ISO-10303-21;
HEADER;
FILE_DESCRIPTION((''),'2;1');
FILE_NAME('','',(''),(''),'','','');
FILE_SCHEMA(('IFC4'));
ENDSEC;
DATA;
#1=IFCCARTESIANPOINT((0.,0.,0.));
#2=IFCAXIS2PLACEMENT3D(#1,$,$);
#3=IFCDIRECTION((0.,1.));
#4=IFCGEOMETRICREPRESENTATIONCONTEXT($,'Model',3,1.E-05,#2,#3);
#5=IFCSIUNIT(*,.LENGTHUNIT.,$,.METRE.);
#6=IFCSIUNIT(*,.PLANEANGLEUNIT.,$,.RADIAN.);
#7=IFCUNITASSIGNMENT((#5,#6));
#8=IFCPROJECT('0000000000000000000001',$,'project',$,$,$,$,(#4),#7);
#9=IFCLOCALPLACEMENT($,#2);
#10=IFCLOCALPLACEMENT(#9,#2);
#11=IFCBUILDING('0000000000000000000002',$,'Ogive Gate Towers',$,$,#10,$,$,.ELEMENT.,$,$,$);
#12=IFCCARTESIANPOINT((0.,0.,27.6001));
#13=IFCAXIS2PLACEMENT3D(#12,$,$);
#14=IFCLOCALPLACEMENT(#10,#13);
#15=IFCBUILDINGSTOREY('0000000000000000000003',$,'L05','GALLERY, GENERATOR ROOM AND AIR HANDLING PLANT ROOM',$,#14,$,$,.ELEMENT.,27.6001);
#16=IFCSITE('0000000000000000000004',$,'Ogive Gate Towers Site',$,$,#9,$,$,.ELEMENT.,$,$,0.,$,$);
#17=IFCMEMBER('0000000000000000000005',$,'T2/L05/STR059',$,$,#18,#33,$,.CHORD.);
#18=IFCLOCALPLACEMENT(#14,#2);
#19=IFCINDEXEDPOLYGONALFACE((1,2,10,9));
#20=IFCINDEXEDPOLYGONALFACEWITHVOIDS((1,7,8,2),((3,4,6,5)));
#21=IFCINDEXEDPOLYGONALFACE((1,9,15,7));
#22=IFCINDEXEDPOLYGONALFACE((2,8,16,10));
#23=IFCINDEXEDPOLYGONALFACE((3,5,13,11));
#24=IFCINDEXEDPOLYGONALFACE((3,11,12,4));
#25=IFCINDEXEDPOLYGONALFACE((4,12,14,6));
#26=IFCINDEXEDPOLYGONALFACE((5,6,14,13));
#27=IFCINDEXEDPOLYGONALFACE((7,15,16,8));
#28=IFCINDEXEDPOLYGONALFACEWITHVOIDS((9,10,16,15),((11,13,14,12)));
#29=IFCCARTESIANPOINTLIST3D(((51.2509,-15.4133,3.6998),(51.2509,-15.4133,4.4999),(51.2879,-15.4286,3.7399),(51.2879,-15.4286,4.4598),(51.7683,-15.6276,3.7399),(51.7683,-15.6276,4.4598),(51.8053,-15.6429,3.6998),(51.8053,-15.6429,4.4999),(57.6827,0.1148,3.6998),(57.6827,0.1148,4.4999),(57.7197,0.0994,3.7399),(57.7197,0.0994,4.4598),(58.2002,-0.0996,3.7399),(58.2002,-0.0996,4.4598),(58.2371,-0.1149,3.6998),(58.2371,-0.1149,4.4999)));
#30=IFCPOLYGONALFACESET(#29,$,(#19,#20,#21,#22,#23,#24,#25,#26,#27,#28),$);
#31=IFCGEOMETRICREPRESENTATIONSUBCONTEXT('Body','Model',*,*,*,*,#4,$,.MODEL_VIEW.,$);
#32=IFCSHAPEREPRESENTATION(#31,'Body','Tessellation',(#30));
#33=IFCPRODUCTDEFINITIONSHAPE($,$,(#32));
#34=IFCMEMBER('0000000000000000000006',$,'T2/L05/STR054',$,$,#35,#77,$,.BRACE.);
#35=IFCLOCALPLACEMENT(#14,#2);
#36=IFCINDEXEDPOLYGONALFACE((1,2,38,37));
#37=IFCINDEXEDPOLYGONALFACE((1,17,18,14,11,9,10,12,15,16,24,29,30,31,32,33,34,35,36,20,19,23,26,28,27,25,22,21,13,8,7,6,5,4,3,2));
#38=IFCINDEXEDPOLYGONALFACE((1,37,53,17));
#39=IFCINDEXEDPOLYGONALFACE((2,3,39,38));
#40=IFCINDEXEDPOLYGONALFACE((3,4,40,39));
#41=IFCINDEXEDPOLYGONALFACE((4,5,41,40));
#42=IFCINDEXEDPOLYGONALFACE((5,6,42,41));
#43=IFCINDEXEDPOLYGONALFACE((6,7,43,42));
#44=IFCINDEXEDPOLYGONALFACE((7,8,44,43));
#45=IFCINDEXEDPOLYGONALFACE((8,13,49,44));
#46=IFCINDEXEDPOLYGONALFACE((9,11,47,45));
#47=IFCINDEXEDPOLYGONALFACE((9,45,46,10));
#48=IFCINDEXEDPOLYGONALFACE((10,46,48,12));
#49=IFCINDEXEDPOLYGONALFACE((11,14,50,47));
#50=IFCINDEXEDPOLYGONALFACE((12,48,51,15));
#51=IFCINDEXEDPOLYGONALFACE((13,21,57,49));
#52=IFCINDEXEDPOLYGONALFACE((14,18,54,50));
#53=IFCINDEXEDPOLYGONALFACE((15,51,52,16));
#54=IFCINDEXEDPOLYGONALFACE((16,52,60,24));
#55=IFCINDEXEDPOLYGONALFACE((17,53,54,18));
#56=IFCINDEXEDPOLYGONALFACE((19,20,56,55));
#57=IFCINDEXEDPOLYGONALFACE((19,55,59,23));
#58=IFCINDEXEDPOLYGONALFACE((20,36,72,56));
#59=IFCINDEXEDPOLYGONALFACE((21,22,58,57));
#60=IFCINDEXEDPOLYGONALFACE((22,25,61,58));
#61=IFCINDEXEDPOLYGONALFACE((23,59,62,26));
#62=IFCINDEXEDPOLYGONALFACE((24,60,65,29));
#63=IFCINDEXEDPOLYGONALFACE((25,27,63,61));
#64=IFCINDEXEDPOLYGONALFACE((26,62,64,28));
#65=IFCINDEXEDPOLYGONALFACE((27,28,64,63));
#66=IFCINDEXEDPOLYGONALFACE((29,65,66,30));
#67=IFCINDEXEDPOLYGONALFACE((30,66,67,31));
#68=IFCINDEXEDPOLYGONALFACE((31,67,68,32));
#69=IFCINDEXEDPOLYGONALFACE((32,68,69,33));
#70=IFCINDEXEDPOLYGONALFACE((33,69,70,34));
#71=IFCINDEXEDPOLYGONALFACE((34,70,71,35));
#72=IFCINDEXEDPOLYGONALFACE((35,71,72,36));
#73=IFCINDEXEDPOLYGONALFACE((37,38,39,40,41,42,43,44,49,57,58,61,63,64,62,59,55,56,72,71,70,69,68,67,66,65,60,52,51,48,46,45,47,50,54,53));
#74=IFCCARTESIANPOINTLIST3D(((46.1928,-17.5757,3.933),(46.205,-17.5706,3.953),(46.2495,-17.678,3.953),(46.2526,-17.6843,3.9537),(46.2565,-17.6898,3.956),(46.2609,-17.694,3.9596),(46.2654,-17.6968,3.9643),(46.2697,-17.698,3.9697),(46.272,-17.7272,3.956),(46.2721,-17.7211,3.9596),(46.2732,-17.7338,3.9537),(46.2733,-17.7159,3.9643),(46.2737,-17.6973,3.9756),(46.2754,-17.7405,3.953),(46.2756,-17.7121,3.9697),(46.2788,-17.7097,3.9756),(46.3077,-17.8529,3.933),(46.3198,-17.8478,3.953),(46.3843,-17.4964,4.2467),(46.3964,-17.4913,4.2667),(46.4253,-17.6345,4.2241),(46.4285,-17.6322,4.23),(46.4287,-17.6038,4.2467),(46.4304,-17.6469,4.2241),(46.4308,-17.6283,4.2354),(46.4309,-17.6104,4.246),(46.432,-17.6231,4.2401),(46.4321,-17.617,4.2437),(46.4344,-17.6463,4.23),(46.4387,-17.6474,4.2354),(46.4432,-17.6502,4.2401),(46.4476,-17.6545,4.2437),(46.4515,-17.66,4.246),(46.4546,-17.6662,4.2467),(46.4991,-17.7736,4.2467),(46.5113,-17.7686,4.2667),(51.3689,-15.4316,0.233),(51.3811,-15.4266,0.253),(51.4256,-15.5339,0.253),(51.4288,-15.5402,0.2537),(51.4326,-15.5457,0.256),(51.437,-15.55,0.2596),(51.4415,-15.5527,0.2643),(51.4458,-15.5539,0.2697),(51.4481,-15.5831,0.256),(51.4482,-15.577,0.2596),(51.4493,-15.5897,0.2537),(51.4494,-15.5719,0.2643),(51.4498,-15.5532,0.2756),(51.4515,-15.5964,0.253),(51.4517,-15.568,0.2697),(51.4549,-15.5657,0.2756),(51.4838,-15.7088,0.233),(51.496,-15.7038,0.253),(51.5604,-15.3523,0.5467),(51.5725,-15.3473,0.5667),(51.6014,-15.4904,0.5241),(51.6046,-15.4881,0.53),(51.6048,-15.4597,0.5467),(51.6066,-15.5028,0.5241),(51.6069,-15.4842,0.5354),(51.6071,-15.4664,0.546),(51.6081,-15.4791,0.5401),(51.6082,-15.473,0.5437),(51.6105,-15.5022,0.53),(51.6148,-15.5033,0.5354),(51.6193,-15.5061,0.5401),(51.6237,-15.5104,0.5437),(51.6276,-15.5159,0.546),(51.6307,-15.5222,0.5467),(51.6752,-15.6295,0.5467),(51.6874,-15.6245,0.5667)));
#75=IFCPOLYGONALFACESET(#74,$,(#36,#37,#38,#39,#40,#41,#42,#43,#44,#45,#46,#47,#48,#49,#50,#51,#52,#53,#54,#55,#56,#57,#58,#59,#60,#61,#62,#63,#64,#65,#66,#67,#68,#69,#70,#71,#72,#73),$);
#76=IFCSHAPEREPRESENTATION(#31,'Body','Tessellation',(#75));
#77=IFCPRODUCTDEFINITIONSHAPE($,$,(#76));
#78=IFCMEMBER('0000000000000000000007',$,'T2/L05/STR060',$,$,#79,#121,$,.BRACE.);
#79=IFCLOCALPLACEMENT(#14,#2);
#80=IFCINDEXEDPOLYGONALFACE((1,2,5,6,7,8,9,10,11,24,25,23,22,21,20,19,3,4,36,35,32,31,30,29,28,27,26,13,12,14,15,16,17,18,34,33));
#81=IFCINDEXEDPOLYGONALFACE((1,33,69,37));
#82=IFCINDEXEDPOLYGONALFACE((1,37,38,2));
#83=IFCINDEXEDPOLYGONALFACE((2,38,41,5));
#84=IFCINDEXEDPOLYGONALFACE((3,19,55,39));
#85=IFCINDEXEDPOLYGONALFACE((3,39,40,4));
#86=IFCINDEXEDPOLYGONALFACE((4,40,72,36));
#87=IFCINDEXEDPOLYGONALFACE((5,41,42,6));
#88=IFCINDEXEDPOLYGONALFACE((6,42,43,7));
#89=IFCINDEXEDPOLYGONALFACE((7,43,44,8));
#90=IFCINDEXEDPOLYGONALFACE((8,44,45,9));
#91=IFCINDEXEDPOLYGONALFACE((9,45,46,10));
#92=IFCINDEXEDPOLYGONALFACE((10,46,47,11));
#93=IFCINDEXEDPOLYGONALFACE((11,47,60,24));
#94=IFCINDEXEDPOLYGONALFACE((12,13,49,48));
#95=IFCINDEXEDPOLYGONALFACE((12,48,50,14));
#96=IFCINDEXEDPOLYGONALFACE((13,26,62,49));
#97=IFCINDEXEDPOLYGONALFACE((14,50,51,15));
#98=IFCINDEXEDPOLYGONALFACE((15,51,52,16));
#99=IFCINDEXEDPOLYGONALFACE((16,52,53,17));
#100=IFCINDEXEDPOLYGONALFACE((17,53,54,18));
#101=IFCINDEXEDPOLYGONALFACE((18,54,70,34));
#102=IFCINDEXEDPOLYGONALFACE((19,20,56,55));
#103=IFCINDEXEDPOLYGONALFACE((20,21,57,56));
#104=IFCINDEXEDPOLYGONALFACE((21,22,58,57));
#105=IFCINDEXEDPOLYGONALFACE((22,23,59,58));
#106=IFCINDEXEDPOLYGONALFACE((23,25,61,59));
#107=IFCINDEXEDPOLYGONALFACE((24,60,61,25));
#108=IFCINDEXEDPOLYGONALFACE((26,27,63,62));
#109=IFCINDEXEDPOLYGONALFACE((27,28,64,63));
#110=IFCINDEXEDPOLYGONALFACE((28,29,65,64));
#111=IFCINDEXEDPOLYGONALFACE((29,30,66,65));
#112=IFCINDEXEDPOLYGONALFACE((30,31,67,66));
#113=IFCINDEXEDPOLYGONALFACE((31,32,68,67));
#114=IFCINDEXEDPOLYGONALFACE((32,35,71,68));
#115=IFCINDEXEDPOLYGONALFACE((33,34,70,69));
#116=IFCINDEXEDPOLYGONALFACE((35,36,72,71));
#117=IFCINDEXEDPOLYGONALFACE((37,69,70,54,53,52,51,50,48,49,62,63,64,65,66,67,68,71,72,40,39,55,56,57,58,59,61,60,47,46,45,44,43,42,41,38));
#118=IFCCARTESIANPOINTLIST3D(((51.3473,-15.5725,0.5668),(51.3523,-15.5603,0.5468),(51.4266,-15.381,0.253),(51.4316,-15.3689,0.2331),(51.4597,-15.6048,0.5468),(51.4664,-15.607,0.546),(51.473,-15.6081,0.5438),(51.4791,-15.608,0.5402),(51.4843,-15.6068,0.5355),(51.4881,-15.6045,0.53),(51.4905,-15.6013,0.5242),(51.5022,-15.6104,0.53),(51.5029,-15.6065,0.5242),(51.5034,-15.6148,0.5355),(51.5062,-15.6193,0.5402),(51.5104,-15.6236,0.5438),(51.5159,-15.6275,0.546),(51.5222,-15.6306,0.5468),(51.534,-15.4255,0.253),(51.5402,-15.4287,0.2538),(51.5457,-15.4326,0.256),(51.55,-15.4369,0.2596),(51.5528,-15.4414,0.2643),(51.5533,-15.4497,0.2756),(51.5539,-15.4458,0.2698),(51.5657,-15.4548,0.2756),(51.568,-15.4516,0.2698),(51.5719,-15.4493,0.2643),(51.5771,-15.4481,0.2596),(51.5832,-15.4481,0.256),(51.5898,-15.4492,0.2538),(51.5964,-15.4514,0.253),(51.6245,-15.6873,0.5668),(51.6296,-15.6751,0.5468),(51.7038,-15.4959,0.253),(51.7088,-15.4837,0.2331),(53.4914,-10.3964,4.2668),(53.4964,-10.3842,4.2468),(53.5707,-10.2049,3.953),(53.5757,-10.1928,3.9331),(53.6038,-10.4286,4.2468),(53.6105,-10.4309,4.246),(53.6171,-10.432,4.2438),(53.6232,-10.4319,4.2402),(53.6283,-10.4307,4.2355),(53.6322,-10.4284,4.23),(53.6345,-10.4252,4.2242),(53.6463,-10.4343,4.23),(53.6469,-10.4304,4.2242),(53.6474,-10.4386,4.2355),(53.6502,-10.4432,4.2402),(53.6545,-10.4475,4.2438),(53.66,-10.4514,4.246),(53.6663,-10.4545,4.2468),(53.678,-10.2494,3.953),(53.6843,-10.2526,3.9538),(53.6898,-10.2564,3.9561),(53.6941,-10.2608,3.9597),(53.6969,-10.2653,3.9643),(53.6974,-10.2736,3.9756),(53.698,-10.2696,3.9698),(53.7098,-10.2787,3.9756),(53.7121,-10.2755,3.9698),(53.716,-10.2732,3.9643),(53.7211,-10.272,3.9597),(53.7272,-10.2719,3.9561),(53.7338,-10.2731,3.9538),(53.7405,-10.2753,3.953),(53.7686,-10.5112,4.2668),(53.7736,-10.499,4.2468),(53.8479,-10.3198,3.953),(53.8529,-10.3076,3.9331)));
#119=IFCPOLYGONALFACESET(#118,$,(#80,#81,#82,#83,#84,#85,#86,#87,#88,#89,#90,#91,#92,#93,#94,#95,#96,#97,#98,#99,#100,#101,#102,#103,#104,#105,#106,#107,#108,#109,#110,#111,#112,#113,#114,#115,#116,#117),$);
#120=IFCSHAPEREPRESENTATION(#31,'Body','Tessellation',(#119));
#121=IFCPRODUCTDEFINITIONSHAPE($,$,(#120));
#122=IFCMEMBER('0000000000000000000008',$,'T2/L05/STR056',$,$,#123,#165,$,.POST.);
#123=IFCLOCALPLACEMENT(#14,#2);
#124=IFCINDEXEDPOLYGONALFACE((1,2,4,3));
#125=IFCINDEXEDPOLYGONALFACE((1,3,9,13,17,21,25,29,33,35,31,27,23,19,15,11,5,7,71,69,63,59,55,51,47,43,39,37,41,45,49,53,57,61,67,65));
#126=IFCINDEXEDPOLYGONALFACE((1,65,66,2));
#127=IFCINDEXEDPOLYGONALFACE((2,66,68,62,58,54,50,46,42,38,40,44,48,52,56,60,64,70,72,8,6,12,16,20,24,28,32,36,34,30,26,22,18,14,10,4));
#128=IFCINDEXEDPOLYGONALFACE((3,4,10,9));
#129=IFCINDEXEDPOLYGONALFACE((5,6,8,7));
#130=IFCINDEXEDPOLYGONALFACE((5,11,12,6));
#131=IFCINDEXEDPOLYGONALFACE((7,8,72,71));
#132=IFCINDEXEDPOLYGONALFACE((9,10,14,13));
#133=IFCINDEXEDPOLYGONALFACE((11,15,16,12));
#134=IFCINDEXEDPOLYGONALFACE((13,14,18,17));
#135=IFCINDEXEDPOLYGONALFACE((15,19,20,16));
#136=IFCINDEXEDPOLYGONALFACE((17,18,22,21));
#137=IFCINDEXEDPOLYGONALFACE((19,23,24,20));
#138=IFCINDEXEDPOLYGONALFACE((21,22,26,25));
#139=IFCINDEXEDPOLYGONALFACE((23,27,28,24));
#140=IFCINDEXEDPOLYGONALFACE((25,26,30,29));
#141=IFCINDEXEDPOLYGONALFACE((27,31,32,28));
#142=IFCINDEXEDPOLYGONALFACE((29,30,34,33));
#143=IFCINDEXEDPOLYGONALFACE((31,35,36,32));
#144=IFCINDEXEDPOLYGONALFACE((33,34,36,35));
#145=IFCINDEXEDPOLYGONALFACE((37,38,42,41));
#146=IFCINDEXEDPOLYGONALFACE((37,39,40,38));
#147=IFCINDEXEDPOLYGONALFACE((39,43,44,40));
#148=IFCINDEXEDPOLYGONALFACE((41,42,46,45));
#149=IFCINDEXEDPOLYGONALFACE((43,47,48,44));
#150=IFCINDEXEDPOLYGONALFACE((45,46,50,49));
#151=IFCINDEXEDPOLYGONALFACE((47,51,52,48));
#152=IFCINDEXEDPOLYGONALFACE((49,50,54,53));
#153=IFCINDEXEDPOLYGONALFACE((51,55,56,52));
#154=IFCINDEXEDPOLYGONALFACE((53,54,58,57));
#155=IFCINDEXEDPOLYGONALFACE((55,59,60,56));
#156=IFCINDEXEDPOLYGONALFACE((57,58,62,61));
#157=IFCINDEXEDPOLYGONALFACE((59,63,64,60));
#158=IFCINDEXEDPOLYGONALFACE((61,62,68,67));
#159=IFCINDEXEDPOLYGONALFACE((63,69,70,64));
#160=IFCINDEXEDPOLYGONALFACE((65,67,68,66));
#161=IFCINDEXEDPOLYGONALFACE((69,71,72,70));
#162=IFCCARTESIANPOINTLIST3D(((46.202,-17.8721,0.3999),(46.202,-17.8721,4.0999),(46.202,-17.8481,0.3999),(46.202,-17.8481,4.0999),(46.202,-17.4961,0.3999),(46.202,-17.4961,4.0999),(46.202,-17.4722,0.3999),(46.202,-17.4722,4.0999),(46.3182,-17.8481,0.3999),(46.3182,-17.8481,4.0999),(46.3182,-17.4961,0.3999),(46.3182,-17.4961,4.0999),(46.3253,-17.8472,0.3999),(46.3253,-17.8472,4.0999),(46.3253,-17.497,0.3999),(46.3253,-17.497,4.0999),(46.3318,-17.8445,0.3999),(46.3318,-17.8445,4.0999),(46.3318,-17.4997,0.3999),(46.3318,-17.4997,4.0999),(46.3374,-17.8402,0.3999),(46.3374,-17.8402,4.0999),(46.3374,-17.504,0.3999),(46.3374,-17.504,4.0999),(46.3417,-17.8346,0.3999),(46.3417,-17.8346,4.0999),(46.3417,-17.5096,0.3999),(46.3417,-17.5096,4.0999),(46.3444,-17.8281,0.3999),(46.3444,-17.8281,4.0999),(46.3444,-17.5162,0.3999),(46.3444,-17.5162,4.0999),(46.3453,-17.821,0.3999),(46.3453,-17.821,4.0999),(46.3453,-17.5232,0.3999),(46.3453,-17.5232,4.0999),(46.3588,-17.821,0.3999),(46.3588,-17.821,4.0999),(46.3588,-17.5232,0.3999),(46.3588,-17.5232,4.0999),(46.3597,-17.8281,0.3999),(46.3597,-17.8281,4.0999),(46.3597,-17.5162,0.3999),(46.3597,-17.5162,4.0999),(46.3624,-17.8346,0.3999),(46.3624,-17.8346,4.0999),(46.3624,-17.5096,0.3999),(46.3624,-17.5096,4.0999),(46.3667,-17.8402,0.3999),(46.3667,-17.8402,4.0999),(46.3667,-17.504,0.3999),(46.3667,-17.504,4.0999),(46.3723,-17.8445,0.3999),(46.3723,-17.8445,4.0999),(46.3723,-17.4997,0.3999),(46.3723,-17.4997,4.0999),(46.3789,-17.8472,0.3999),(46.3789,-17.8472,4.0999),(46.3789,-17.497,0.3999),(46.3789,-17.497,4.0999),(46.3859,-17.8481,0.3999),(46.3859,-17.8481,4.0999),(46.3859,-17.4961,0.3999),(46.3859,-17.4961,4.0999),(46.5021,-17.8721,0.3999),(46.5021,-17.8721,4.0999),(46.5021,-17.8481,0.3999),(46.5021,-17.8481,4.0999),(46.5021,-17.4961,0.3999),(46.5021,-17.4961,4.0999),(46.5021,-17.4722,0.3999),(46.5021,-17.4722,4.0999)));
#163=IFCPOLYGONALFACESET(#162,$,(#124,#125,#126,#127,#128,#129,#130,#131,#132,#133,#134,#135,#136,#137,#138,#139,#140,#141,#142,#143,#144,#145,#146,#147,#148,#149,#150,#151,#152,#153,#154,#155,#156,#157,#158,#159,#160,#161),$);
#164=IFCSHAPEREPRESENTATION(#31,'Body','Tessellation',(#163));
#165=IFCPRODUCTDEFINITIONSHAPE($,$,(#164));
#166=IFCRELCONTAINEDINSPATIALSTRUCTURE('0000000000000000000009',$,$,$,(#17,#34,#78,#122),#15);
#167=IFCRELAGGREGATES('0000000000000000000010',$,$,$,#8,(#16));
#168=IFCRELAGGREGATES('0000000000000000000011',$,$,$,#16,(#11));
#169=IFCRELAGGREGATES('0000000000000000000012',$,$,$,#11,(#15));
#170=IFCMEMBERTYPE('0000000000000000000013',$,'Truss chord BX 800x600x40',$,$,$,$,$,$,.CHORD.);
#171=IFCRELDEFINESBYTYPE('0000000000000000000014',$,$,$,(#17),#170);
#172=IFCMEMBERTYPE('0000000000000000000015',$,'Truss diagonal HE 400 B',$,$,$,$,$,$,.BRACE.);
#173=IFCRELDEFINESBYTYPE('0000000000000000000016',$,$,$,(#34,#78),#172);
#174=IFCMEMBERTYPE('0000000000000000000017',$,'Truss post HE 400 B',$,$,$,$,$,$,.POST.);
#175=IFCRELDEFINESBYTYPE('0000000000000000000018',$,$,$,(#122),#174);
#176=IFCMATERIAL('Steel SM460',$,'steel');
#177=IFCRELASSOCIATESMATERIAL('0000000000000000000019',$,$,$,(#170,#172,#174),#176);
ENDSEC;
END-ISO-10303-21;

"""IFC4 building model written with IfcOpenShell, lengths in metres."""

from ifc_helpers import new_model, si_unit, direction, frame, origin, origin_2d, place, context, subcontext, project, spatial, hollow_rectangle, i_section, extrude, material, material_profile, profile_set, type_object, element, save


model = new_model("IFC4")

# Units and contexts
model_context = context("Model", 3, precision=1e-05, world=origin(), true_north=direction((0.0, 1.0)))
body_context = subcontext(model_context, "Body", "Model", "MODEL_VIEW")
ifc_project = project(units=[si_unit("LENGTHUNIT", "METRE"), si_unit("PLANEANGLEUNIT", "RADIAN")], contexts=[model_context])

# Site, building, storey
site_placement = place(None, origin())
site = spatial("IfcSite", under=ifc_project, at=site_placement, Name="Ogive Gate Towers Site", CompositionType="ELEMENT", RefElevation=0.0)
building_placement = place(site_placement, origin())
building = spatial("IfcBuilding", under=site, at=building_placement, Name="Ogive Gate Towers", CompositionType="ELEMENT")
storey_placement = place(building_placement, frame((0.0, 0.0, 27.6001)))
storey = spatial("IfcBuildingStorey", under=building, at=storey_placement, Name="L05", Description="GALLERY, GENERATOR ROOM AND AIR HANDLING PLANT ROOM", CompositionType="ELEMENT", Elevation=27.6001)

# Shared definitions
ifc_material_1 = material(Name="Steel SM460", Category="steel")

# Members
ifc_material_profile_1 = material_profile(ifc_material_1, hollow_rectangle(XDim=0.6001, YDim=0.8, WallThickness=0.04, at=origin_2d()), Name="BX 800x600x40")
ifc_profile_set_1 = profile_set([ifc_material_profile_1], Name="Steel SM460")
member_type_1 = type_object("IfcMemberType", Name="Truss chord BX 800x600x40", PredefinedType="CHORD", material=ifc_profile_set_1)
for number, where, z_axis, x_axis, name in (
    (1, (51.5281, -15.5281, 4.0999), (0.382681, 0.923881, 0.0), (-0.923881, 0.382681, 0.0), "T2/L05/STR059"),
):
    element("IfcMember", number, at=place(storey_placement, frame(where, z_axis=z_axis, x_axis=x_axis)), inside=storey, type_object=member_type_1, Name=name, PredefinedType="CHORD", context=body_context, shape_type="SweptSolid", body=[
        extrude(hollow_rectangle(XDim=0.6001, YDim=0.8, WallThickness=0.04, at=origin_2d()), origin(), (0.0, 0.0, 1.0), 16.8074),
    ])
ifc_material_profile_2 = material_profile(ifc_material_1, i_section(OverallWidth=0.3, OverallDepth=0.3999, WebThickness=0.0134, FlangeThickness=0.0239, FilletRadius=0.0271, at=origin_2d()), Name="HE 400 B")
ifc_profile_set_2 = profile_set([ifc_material_profile_2], Name="Steel SM460")
member_type_2 = type_object("IfcMemberType", Name="Truss diagonal HE 400 B", PredefinedType="BRACE", material=ifc_profile_set_2)
for number, where, z_axis, x_axis, name in (
    (2, (46.3521, -17.6721, 4.0999), (0.77093, 0.319339, -0.55108), (-0.382693, 0.923876, 0.0), "T2/L05/STR054"),
    (3, (51.5281, -15.5281, 0.3999), (0.319339, 0.77093, 0.55108), (-0.923876, 0.382693, 0.0), "T2/L05/STR060"),
):
    element("IfcMember", number, at=place(storey_placement, frame(where, z_axis=z_axis, x_axis=x_axis)), inside=storey, type_object=member_type_2, Name=name, PredefinedType="BRACE", context=body_context, shape_type="SweptSolid", body=[
        extrude(i_section(OverallWidth=0.3, OverallDepth=0.3999, WebThickness=0.0134, FlangeThickness=0.0239, FilletRadius=0.0271, at=origin_2d()), origin(), (0.0, 0.0, 1.0), 6.7141),
    ])
ifc_material_profile_3 = material_profile(ifc_material_1, i_section(OverallWidth=0.3, OverallDepth=0.3999, WebThickness=0.0134, FlangeThickness=0.0239, FilletRadius=0.0271, at=origin_2d()), Name="HE 400 B")
ifc_profile_set_3 = profile_set([ifc_material_profile_3], Name="Steel SM460")
member_type_3 = type_object("IfcMemberType", Name="Truss post HE 400 B", PredefinedType="POST", material=ifc_profile_set_3)
for number, where, z_axis, x_axis, name in (
    (4, (46.3521, -17.6721, 0.3999), (0.0, 0.0, 1.0), (1.0, 0.0, 0.0), "T2/L05/STR056"),
):
    element("IfcMember", number, at=place(storey_placement, frame(where, z_axis=z_axis, x_axis=x_axis)), inside=storey, type_object=member_type_3, Name=name, PredefinedType="POST", context=body_context, shape_type="SweptSolid", body=[
        extrude(i_section(OverallWidth=0.3, OverallDepth=0.3999, WebThickness=0.0134, FlangeThickness=0.0239, FilletRadius=0.0271, at=origin_2d()), origin(), (0.0, 0.0, 1.0), 3.7),
    ])

save(model, "model.ifc")
